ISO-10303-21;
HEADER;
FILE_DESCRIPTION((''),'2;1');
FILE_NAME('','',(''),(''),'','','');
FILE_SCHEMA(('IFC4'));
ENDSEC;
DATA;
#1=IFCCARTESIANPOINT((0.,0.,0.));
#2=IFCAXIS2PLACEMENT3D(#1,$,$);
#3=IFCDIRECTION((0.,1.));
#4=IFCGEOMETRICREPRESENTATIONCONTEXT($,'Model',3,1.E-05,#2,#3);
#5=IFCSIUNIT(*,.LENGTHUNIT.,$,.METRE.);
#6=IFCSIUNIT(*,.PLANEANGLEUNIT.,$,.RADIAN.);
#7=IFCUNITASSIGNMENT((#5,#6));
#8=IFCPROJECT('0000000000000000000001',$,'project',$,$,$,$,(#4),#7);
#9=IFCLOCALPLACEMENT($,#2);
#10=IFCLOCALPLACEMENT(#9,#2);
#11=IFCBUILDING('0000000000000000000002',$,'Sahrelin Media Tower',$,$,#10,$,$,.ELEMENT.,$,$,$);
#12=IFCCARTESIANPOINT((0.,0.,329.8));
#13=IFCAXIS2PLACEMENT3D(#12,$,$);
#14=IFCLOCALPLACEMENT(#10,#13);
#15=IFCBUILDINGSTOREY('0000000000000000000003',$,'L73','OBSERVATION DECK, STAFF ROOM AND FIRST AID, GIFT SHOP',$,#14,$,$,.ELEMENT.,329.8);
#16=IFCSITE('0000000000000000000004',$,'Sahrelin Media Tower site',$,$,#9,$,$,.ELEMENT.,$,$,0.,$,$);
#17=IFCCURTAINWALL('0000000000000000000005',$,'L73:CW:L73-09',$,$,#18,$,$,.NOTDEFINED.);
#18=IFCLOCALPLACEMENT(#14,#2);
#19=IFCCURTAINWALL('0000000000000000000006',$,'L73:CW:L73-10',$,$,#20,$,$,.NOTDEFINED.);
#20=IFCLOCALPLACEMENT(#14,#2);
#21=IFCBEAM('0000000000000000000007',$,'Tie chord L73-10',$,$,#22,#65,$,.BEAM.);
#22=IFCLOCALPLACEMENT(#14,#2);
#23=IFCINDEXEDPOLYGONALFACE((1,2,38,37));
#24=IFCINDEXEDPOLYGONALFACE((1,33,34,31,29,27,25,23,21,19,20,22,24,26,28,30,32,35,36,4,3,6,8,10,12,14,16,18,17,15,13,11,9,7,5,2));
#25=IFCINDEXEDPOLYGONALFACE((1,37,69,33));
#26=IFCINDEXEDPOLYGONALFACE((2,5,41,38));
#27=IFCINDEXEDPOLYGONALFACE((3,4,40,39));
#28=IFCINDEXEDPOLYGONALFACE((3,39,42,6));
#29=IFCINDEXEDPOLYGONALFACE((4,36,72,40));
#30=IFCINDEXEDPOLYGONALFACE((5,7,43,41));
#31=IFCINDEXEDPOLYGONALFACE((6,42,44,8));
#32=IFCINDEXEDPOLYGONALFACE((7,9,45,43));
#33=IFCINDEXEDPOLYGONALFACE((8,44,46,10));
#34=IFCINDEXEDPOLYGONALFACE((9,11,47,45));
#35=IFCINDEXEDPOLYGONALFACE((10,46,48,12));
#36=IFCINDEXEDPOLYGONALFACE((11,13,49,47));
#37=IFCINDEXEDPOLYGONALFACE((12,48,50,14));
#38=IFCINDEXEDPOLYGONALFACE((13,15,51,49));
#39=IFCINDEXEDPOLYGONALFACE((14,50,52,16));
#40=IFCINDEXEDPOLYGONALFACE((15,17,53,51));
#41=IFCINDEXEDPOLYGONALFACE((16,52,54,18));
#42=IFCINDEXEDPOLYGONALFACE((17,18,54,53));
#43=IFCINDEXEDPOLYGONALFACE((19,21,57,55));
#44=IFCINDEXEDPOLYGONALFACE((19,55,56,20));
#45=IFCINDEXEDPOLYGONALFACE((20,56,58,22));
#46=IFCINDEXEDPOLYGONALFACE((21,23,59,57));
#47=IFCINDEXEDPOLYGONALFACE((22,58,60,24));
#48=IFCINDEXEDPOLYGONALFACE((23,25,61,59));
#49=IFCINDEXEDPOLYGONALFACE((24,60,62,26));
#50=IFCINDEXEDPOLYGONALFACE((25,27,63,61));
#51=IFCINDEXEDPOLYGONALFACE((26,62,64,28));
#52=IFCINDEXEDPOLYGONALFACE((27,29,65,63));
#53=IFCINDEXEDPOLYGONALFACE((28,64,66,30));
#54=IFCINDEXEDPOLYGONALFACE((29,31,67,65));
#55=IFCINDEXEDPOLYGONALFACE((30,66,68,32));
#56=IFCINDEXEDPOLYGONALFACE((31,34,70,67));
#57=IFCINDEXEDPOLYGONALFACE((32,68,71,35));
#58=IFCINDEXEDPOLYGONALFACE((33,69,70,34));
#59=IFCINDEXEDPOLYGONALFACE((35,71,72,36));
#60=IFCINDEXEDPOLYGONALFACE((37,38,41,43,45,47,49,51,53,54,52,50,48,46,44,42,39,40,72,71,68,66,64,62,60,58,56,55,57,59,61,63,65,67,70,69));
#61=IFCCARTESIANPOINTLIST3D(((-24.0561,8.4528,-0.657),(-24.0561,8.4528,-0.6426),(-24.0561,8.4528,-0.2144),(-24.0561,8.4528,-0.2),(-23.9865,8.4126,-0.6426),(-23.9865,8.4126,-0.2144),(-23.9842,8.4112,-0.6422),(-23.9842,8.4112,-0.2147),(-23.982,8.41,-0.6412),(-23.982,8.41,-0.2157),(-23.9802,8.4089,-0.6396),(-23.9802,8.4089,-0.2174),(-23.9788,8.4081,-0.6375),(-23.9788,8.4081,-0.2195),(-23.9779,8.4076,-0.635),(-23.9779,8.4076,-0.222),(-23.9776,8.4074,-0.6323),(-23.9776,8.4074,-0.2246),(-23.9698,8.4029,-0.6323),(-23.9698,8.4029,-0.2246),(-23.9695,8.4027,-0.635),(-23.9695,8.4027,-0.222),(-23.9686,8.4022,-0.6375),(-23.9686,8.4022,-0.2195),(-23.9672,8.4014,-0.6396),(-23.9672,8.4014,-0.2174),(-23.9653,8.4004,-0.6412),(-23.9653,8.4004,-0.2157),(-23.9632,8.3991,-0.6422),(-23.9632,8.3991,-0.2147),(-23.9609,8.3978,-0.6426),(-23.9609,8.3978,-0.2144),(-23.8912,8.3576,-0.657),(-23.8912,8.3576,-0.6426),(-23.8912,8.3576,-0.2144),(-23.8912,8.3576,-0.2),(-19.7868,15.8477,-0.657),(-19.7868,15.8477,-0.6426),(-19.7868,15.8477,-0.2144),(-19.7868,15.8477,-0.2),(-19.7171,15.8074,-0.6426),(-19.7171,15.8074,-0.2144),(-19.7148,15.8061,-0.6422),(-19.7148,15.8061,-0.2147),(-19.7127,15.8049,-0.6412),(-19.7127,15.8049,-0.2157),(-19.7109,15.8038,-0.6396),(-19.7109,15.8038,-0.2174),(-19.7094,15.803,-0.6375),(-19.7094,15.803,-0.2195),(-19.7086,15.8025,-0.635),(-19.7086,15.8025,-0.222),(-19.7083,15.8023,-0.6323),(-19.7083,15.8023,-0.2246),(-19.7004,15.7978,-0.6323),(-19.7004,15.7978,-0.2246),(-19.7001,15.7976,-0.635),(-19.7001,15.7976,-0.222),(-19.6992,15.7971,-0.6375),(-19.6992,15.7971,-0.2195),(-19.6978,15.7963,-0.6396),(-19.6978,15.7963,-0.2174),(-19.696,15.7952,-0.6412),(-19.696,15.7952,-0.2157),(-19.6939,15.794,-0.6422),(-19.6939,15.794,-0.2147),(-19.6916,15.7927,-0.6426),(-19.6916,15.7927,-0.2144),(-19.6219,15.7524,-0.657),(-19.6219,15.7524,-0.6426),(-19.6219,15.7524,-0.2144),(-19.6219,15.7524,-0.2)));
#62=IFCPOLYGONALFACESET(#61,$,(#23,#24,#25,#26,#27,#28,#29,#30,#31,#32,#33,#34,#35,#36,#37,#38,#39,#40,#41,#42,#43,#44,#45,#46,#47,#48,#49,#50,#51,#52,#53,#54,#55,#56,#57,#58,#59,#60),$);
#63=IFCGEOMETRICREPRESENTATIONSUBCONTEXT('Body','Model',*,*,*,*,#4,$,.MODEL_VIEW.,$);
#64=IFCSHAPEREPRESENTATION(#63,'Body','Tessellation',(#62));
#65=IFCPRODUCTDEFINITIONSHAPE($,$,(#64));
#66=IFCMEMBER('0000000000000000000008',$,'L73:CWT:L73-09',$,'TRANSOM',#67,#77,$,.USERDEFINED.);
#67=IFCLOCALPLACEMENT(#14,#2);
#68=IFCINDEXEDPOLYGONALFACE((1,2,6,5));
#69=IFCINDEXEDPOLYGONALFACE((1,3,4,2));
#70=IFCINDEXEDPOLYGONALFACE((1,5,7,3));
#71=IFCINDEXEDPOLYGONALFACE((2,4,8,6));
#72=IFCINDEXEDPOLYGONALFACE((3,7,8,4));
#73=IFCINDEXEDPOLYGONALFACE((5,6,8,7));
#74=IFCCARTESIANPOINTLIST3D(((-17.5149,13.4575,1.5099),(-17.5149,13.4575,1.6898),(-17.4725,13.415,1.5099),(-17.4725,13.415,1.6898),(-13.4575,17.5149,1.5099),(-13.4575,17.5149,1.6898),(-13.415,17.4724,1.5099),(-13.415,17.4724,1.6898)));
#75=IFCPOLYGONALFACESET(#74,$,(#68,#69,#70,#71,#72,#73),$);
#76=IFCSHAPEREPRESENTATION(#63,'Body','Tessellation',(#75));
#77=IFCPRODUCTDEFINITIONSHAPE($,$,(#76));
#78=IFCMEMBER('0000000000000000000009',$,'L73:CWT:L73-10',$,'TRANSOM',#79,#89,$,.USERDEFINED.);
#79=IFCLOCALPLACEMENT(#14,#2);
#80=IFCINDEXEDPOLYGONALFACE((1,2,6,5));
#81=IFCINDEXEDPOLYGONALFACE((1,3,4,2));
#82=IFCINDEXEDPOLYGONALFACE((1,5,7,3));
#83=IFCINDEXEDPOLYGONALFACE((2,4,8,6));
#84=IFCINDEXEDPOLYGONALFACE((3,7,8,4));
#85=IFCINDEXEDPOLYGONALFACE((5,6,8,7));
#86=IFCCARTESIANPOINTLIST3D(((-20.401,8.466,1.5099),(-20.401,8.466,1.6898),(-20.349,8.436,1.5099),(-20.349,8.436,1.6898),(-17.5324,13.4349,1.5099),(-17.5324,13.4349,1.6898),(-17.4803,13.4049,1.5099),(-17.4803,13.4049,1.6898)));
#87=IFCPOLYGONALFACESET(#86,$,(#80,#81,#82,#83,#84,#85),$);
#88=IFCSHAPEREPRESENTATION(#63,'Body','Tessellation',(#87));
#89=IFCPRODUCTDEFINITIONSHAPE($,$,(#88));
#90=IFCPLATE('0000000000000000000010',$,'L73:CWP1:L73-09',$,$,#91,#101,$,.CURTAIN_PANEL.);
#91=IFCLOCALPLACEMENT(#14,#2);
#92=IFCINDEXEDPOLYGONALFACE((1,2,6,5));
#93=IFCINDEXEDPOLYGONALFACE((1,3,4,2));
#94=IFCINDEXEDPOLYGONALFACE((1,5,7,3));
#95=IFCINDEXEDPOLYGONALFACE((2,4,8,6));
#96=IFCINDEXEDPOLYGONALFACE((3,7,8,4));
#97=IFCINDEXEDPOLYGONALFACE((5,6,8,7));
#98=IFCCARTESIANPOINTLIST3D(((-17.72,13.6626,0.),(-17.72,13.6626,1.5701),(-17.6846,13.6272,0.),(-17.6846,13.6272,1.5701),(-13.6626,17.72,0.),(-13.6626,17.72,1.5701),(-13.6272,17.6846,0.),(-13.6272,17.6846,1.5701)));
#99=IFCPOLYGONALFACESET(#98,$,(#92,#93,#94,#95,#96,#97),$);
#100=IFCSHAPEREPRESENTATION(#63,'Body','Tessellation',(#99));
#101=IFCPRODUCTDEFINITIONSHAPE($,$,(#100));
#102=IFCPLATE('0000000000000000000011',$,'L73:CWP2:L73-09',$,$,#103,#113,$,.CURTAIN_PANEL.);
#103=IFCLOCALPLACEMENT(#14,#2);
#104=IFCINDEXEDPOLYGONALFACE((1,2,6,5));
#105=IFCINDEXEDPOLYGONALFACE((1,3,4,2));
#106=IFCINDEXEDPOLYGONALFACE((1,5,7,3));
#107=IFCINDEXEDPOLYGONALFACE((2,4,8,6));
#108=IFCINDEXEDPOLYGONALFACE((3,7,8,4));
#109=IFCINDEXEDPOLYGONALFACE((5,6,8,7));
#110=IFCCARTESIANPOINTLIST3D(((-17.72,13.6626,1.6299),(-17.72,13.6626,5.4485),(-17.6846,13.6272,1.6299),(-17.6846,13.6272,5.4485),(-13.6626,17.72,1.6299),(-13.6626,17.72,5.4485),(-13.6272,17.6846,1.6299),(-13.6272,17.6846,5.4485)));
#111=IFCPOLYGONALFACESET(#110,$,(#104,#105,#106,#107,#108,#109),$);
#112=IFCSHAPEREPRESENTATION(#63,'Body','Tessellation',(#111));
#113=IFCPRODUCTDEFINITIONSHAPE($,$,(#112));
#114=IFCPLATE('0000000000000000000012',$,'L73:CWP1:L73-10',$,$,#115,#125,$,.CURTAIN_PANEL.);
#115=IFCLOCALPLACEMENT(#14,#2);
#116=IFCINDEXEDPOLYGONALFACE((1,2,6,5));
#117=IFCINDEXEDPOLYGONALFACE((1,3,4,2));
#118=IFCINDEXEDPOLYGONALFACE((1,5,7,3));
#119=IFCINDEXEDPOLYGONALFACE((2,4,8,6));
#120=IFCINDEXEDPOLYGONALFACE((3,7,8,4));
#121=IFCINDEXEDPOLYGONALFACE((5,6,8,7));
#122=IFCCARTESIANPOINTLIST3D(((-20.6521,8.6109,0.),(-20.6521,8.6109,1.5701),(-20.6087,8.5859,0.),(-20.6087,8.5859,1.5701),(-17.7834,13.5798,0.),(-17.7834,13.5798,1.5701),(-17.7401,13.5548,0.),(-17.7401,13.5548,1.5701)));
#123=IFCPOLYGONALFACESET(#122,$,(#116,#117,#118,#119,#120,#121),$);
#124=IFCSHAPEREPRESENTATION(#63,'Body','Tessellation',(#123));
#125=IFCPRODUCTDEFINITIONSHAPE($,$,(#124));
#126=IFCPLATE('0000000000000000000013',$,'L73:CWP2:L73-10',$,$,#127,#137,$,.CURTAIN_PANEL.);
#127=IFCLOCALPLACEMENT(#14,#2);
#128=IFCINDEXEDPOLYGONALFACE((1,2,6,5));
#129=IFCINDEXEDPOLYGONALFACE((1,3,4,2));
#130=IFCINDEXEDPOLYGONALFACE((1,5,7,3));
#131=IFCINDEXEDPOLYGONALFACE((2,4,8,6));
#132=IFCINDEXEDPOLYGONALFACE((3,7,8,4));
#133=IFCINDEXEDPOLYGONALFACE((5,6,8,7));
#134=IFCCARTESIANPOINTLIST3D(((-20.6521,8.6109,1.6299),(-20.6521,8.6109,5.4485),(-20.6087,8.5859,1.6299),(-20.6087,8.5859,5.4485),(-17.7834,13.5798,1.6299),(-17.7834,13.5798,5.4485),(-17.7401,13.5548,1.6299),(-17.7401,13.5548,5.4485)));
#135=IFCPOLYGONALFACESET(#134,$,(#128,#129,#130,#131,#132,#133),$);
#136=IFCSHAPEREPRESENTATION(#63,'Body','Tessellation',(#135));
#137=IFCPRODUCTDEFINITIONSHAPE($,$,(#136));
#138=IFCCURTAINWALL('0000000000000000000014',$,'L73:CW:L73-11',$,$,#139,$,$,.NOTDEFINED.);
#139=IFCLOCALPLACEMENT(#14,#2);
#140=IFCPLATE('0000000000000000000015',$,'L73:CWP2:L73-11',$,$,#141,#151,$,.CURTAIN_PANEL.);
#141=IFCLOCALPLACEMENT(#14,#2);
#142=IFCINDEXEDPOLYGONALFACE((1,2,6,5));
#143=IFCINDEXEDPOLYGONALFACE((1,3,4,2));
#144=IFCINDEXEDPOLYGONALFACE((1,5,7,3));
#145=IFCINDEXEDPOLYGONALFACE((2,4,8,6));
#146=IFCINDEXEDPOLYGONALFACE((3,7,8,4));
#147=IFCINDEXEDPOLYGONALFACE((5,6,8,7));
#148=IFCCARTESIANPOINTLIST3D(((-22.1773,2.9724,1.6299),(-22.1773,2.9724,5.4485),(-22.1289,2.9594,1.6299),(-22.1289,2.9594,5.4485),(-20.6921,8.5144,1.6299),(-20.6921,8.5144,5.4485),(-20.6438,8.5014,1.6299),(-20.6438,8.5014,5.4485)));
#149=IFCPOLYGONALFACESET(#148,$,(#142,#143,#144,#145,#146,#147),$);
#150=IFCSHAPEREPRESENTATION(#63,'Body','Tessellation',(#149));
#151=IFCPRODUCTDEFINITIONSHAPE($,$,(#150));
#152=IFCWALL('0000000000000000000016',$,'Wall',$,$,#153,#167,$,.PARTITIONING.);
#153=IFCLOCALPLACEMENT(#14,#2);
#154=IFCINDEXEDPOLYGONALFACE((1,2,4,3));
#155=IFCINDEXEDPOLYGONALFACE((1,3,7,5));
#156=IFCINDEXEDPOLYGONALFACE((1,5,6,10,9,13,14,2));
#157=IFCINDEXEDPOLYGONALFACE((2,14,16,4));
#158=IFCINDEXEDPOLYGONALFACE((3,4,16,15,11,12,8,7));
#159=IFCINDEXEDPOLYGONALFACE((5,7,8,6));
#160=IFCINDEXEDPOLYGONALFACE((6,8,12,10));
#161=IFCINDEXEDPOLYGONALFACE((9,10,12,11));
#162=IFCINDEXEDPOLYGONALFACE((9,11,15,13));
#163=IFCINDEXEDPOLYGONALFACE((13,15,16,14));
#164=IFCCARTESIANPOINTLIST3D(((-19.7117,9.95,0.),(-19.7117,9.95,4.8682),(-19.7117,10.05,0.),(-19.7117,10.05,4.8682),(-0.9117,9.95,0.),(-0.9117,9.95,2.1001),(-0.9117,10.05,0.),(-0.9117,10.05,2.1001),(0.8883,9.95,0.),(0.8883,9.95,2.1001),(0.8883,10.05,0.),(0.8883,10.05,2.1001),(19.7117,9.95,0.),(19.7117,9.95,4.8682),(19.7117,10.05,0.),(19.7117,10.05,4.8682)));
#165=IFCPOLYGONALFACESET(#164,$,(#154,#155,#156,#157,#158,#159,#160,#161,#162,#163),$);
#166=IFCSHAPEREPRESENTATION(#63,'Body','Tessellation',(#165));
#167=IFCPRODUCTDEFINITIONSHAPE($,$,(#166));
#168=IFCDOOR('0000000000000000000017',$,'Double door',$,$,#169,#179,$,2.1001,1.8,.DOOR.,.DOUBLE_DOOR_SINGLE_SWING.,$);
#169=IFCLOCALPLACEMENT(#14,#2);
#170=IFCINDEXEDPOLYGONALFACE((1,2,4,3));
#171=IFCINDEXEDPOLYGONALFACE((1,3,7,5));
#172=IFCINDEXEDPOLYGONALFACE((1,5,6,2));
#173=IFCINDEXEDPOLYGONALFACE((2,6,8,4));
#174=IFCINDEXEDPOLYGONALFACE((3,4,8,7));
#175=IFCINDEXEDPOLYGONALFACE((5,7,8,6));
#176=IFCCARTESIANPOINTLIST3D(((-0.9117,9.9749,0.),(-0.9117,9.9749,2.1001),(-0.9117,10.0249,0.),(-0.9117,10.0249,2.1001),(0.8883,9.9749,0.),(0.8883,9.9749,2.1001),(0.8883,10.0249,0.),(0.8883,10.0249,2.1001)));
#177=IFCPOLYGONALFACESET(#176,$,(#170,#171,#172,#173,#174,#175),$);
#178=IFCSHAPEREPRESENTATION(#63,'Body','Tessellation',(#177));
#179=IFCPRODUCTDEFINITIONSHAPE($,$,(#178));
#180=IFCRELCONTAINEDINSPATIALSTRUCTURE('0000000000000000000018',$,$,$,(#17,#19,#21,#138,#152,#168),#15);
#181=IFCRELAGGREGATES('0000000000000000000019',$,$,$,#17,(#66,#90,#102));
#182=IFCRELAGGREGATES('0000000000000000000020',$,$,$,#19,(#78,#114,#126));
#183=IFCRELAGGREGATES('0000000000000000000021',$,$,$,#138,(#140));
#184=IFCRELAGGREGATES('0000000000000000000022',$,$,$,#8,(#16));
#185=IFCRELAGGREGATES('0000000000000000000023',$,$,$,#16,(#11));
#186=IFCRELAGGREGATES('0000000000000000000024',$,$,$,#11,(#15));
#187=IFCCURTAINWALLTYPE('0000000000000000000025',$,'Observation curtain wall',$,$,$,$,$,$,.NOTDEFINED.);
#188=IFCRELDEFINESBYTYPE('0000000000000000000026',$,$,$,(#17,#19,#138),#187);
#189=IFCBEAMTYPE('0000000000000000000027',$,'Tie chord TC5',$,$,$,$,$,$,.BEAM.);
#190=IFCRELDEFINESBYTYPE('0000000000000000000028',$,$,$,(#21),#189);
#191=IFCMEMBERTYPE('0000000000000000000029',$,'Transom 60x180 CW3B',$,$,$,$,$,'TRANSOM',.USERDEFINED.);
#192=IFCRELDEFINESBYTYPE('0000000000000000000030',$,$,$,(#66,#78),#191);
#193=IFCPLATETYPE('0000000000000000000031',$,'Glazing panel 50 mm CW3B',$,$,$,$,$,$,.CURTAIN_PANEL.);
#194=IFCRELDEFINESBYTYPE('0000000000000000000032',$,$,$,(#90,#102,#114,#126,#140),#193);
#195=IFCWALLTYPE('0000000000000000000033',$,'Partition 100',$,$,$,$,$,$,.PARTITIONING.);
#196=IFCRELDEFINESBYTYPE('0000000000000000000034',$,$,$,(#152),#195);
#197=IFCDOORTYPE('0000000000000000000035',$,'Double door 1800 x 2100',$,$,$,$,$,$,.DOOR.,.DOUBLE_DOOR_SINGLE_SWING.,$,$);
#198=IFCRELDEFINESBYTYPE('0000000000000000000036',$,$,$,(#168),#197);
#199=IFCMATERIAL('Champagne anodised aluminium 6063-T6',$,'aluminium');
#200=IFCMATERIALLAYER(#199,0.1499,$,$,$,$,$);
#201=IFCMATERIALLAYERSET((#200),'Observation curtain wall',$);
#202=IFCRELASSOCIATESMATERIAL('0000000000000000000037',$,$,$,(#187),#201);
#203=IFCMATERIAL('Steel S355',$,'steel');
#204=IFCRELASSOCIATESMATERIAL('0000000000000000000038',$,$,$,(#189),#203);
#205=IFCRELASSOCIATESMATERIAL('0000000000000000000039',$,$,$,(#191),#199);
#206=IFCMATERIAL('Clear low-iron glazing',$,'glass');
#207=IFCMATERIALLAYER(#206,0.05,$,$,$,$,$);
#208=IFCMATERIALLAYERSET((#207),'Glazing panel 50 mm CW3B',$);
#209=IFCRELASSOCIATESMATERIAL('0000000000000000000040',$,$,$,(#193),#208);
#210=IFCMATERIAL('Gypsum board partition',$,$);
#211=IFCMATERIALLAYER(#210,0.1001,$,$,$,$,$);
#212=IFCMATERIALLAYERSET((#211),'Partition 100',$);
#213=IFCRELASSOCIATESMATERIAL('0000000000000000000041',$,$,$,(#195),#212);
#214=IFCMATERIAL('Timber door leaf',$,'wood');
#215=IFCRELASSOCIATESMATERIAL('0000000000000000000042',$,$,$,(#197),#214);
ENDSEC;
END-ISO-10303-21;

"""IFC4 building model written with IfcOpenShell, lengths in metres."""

from ifc_helpers import new_model, si_unit, direction, frame, frame_2d, origin, origin_2d, place, context, subcontext, project, spatial, polyline, rectangle, i_section, outline, extrude, material, layer, layer_set, material_profile, profile_set, type_object, element, fill, aggregate, save


model = new_model("IFC4")

# Units and contexts
model_context = context("Model", 3, precision=1e-05, world=origin(), true_north=direction((0.0, 1.0)))
body_context = subcontext(model_context, "Body", "Model", "MODEL_VIEW")
ifc_project = project(units=[si_unit("LENGTHUNIT", "METRE"), si_unit("PLANEANGLEUNIT", "RADIAN")], contexts=[model_context])

# Site, building, storey
site_placement = place(None, origin())
site = spatial("IfcSite", under=ifc_project, at=site_placement, Name="Sahrelin Media Tower site", CompositionType="ELEMENT", RefElevation=0.0)
building_placement = place(site_placement, origin())
building = spatial("IfcBuilding", under=site, at=building_placement, Name="Sahrelin Media Tower", CompositionType="ELEMENT")
storey_placement = place(building_placement, frame((0.0, 0.0, 329.8)))
storey = spatial("IfcBuildingStorey", under=building, at=storey_placement, Name="L73", Description="OBSERVATION DECK, STAFF ROOM AND FIRST AID, GIFT SHOP", CompositionType="ELEMENT", Elevation=329.8)

# Shared definitions
ifc_material_1 = material(Name="Steel S355", Category="steel")

# Curtain walls
ifc_material_2 = material(Name="Champagne anodised aluminium 6063-T6", Category="aluminium")
ifc_layer_1 = layer(ifc_material_2, 0.1499)
ifc_layer_set_1 = layer_set([ifc_layer_1], Name="Observation curtain wall")
curtain_wall_type = type_object("IfcCurtainWallType", Name="Observation curtain wall", PredefinedType="NOTDEFINED", material=ifc_layer_set_1)
curtain_wall_1_placement = place(storey_placement, frame((-15.677, 15.677, 0.0), z_axis=(0.0, 0.0, 1.0), x_axis=(1.0, 0.0, 0.0)))
curtain_wall_1 = element("IfcCurtainWall", 1, at=curtain_wall_1_placement, inside=storey, type_object=curtain_wall_type, Name="L73:CW:L73-09", PredefinedType="NOTDEFINED")
curtain_wall_2_placement = place(storey_placement, frame((-19.2004, 11.0854, 0.0), z_axis=(0.0, 0.0, 1.0), x_axis=(1.0, 0.0, 0.0)))
curtain_wall_2 = element("IfcCurtainWall", 2, at=curtain_wall_2_placement, inside=storey, type_object=curtain_wall_type, Name="L73:CW:L73-10", PredefinedType="NOTDEFINED")

# Beam
ifc_material_profile_1 = material_profile(ifc_material_1, i_section(OverallWidth=0.1904, OverallDepth=0.457, WebThickness=0.009, FlangeThickness=0.0144, FilletRadius=0.0103, at=origin_2d()), Name="UB 457x191x74")
ifc_profile_set_1 = profile_set([ifc_material_profile_1], Name="Steel S355")
beam_type_1 = type_object("IfcBeamType", Name="Tie chord TC5", PredefinedType="BEAM", material=ifc_profile_set_1)
beam_1_placement = place(storey_placement, frame((-19.7043, 15.8, -0.4285), z_axis=(-0.499992, -0.86603, 0.0), x_axis=(0.86603, -0.499992, 0.0)))
element("IfcBeam", 3, at=beam_1_placement, inside=storey, type_object=beam_type_1, Name="Tie chord L73-10", PredefinedType="BEAM", context=body_context, shape_type="SweptSolid", body=[
    extrude(i_section(OverallWidth=0.1904, OverallDepth=0.457, WebThickness=0.009, FlangeThickness=0.0144, FilletRadius=0.0103, at=origin_2d()), origin(), (0.0, 0.0, 1.0), 8.5388),
])

# Members
ifc_material_profile_2 = material_profile(ifc_material_2, rectangle(XDim=0.0601, YDim=0.1799, at=origin_2d()), Name="Transom 60x180")
ifc_profile_set_2 = profile_set([ifc_material_profile_2], Name="Champagne anodised aluminium 6063-T6")
member_type_1 = type_object("IfcMemberType", Name="Transom 60x180 CW3B", ElementType="TRANSOM", PredefinedType="USERDEFINED", material=ifc_profile_set_2)
member_1_placement = place(storey_placement, frame((-13.4363, 17.4937, 1.5999), z_axis=(-0.707107, -0.707107, 0.0), x_axis=(0.707107, -0.707107, 0.0)))
member_1 = element("IfcMember", 4, at=member_1_placement, type_object=member_type_1, Name="L73:CWT:L73-09", ObjectType="TRANSOM", PredefinedType="USERDEFINED", context=body_context, shape_type="SweptSolid", body=[
    extrude(rectangle(XDim=0.0601, YDim=0.1799, at=origin_2d()), origin(), (0.0, 0.0, 1.0), 5.738),
])
member_2_placement = place(storey_placement, frame((-17.5063, 13.4199, 1.5999), z_axis=(-0.499974, -0.86604, 0.0), x_axis=(0.86604, -0.499974, 0.0)))
member_2 = element("IfcMember", 5, at=member_2_placement, type_object=member_type_1, Name="L73:CWT:L73-10", ObjectType="TRANSOM", PredefinedType="USERDEFINED", context=body_context, shape_type="SweptSolid", body=[
    extrude(rectangle(XDim=0.0601, YDim=0.1799, at=origin_2d()), origin(), (0.0, 0.0, 1.0), 5.7375),
])

# Plates
ifc_material_3 = material(Name="Clear low-iron glazing", Category="glass")
ifc_layer_2 = layer(ifc_material_3, 0.05)
ifc_layer_set_2 = layer_set([ifc_layer_2], Name="Glazing panel 50 mm CW3B")
plate_type = type_object("IfcPlateType", Name="Glazing panel 50 mm CW3B", PredefinedType="CURTAIN_PANEL", material=ifc_layer_set_2)
plate_1_placement = place(storey_placement, frame((-13.6626, 17.72, 0.0), z_axis=(-0.707107, 0.707107, 0.0), x_axis=(-0.707107, -0.707107, 0.0)))
plate_1 = element("IfcPlate", 6, at=plate_1_placement, type_object=plate_type, Name="L73:CWP1:L73-09", PredefinedType="CURTAIN_PANEL", context=body_context, shape_type="SweptSolid", body=[
    extrude(outline(polyline([(0.0, 0.0), (5.738, 0.0), (5.738, 1.5701), (0.0, 1.5701), (0.0, 0.0)])), origin(), (0.0, 0.0, -1.0), 0.05),
])
plate_2_placement = place(storey_placement, frame((-13.6626, 17.72, 1.6299), z_axis=(-0.707107, 0.707107, 0.0), x_axis=(-0.707107, -0.707107, 0.0)))
plate_2 = element("IfcPlate", 7, at=plate_2_placement, type_object=plate_type, Name="L73:CWP2:L73-09", PredefinedType="CURTAIN_PANEL", context=body_context, shape_type="SweptSolid", body=[
    extrude(outline(polyline([(0.0, 0.0), (5.738, 0.0), (5.738, 3.8186), (0.0, 3.8186), (0.0, 0.0)])), origin(), (0.0, 0.0, -1.0), 0.05),
])
aggregate(curtain_wall_1, [member_1, plate_1, plate_2])
plate_3_placement = place(storey_placement, frame((-17.7834, 13.5798, 0.0), z_axis=(-0.86604, 0.499974, 0.0), x_axis=(-0.499974, -0.86604, 0.0)))
plate_3 = element("IfcPlate", 8, at=plate_3_placement, type_object=plate_type, Name="L73:CWP1:L73-10", PredefinedType="CURTAIN_PANEL", context=body_context, shape_type="SweptSolid", body=[
    extrude(outline(polyline([(0.0, 0.0), (5.7375, 0.0), (5.7375, 1.5701), (0.0, 1.5701), (0.0, 0.0)])), origin(), (0.0, 0.0, -1.0), 0.05),
])
plate_4_placement = place(storey_placement, frame((-17.7834, 13.5798, 1.6299), z_axis=(-0.86604, 0.499974, 0.0), x_axis=(-0.499974, -0.86604, 0.0)))
plate_4 = element("IfcPlate", 9, at=plate_4_placement, type_object=plate_type, Name="L73:CWP2:L73-10", PredefinedType="CURTAIN_PANEL", context=body_context, shape_type="SweptSolid", body=[
    extrude(outline(polyline([(0.0, 0.0), (5.7375, 0.0), (5.7375, 3.8186), (0.0, 3.8186), (0.0, 0.0)])), origin(), (0.0, 0.0, -1.0), 0.05),
])
aggregate(curtain_wall_2, [member_2, plate_3, plate_4])

# Curtain wall, plate
curtain_wall_3_placement = place(storey_placement, frame((-21.4153, 5.7383, 0.0), z_axis=(0.0, 0.0, 1.0), x_axis=(1.0, 0.0, 0.0)))
curtain_wall_3 = element("IfcCurtainWall", 10, at=curtain_wall_3_placement, inside=storey, type_object=curtain_wall_type, Name="L73:CW:L73-11", PredefinedType="NOTDEFINED")
plate_5_placement = place(storey_placement, frame((-20.6921, 8.5144, 1.6299), z_axis=(-0.96592, 0.258841, 0.0), x_axis=(-0.258841, -0.96592, 0.0)))
plate_5 = element("IfcPlate", 11, at=plate_5_placement, type_object=plate_type, Name="L73:CWP2:L73-11", PredefinedType="CURTAIN_PANEL", context=body_context, shape_type="SweptSolid", body=[
    extrude(outline(polyline([(0.0, 0.0), (5.7375, 0.0), (5.7375, 3.8186), (0.0, 3.8186), (0.0, 0.0)])), origin(), (0.0, 0.0, -1.0), 0.05),
])
aggregate(curtain_wall_3, [plate_5])

# Wall, opening, door
ifc_material_4 = material(Name="Gypsum board partition")
ifc_layer_3 = layer(ifc_material_4, 0.1001)
ifc_layer_set_3 = layer_set([ifc_layer_3], Name="Partition 100")
wall_type = type_object("IfcWallType", Name="Partition 100", PredefinedType="PARTITIONING", material=ifc_layer_set_3)
wall_placement = place(storey_placement, frame((-19.7117, 10.0, 0.0), z_axis=(0.0, 0.0, 1.0), x_axis=(1.0, 0.0, 0.0)))
wall = element("IfcWall", 12, at=wall_placement, inside=storey, type_object=wall_type, Name="Wall", PredefinedType="PARTITIONING", context=body_context, shape_type="SweptSolid", body=[
    extrude(rectangle(XDim=39.4233, YDim=0.1001, at=frame_2d((19.7117, 0.0))), origin(), (0.0, 0.0, 1.0), 4.8682),
])
opening_placement = place(wall_placement, frame((18.8, 0.0, 0.0)))
opening = element("IfcOpeningElement", 13, at=opening_placement, cuts=wall, PredefinedType="OPENING", context=body_context, shape_type="SweptSolid", body=[
    extrude(rectangle(XDim=1.8, YDim=2.1001, at=frame_2d((0.8999, 1.05))), frame((0.0, 0.05, 0.0), z_axis=(0.0, -1.0, 0.0), x_axis=(1.0, 0.0, 0.0)), (0.0, 0.0, 1.0), 0.1001),
])
ifc_material_5 = material(Name="Timber door leaf", Category="wood")
door_type = type_object("IfcDoorType", Name="Double door 1800 x 2100", OperationType="DOUBLE_DOOR_SINGLE_SWING", PredefinedType="DOOR", material=ifc_material_5)
door_placement = place(opening_placement, origin())
door = element("IfcDoor", 14, at=door_placement, inside=storey, type_object=door_type, Name="Double door", OperationType="DOUBLE_DOOR_SINGLE_SWING", OverallHeight=2.1001, OverallWidth=1.8, PredefinedType="DOOR", context=body_context, shape_type="SweptSolid", body=[
    extrude(rectangle(XDim=1.8, YDim=2.1001, at=frame_2d((0.8999, 1.05))), frame((0.0, 0.0249, 0.0), z_axis=(0.0, -1.0, 0.0), x_axis=(1.0, 0.0, 0.0)), (0.0, 0.0, 1.0), 0.05),
])
fill(opening, door)

save(model, "model.ifc")
